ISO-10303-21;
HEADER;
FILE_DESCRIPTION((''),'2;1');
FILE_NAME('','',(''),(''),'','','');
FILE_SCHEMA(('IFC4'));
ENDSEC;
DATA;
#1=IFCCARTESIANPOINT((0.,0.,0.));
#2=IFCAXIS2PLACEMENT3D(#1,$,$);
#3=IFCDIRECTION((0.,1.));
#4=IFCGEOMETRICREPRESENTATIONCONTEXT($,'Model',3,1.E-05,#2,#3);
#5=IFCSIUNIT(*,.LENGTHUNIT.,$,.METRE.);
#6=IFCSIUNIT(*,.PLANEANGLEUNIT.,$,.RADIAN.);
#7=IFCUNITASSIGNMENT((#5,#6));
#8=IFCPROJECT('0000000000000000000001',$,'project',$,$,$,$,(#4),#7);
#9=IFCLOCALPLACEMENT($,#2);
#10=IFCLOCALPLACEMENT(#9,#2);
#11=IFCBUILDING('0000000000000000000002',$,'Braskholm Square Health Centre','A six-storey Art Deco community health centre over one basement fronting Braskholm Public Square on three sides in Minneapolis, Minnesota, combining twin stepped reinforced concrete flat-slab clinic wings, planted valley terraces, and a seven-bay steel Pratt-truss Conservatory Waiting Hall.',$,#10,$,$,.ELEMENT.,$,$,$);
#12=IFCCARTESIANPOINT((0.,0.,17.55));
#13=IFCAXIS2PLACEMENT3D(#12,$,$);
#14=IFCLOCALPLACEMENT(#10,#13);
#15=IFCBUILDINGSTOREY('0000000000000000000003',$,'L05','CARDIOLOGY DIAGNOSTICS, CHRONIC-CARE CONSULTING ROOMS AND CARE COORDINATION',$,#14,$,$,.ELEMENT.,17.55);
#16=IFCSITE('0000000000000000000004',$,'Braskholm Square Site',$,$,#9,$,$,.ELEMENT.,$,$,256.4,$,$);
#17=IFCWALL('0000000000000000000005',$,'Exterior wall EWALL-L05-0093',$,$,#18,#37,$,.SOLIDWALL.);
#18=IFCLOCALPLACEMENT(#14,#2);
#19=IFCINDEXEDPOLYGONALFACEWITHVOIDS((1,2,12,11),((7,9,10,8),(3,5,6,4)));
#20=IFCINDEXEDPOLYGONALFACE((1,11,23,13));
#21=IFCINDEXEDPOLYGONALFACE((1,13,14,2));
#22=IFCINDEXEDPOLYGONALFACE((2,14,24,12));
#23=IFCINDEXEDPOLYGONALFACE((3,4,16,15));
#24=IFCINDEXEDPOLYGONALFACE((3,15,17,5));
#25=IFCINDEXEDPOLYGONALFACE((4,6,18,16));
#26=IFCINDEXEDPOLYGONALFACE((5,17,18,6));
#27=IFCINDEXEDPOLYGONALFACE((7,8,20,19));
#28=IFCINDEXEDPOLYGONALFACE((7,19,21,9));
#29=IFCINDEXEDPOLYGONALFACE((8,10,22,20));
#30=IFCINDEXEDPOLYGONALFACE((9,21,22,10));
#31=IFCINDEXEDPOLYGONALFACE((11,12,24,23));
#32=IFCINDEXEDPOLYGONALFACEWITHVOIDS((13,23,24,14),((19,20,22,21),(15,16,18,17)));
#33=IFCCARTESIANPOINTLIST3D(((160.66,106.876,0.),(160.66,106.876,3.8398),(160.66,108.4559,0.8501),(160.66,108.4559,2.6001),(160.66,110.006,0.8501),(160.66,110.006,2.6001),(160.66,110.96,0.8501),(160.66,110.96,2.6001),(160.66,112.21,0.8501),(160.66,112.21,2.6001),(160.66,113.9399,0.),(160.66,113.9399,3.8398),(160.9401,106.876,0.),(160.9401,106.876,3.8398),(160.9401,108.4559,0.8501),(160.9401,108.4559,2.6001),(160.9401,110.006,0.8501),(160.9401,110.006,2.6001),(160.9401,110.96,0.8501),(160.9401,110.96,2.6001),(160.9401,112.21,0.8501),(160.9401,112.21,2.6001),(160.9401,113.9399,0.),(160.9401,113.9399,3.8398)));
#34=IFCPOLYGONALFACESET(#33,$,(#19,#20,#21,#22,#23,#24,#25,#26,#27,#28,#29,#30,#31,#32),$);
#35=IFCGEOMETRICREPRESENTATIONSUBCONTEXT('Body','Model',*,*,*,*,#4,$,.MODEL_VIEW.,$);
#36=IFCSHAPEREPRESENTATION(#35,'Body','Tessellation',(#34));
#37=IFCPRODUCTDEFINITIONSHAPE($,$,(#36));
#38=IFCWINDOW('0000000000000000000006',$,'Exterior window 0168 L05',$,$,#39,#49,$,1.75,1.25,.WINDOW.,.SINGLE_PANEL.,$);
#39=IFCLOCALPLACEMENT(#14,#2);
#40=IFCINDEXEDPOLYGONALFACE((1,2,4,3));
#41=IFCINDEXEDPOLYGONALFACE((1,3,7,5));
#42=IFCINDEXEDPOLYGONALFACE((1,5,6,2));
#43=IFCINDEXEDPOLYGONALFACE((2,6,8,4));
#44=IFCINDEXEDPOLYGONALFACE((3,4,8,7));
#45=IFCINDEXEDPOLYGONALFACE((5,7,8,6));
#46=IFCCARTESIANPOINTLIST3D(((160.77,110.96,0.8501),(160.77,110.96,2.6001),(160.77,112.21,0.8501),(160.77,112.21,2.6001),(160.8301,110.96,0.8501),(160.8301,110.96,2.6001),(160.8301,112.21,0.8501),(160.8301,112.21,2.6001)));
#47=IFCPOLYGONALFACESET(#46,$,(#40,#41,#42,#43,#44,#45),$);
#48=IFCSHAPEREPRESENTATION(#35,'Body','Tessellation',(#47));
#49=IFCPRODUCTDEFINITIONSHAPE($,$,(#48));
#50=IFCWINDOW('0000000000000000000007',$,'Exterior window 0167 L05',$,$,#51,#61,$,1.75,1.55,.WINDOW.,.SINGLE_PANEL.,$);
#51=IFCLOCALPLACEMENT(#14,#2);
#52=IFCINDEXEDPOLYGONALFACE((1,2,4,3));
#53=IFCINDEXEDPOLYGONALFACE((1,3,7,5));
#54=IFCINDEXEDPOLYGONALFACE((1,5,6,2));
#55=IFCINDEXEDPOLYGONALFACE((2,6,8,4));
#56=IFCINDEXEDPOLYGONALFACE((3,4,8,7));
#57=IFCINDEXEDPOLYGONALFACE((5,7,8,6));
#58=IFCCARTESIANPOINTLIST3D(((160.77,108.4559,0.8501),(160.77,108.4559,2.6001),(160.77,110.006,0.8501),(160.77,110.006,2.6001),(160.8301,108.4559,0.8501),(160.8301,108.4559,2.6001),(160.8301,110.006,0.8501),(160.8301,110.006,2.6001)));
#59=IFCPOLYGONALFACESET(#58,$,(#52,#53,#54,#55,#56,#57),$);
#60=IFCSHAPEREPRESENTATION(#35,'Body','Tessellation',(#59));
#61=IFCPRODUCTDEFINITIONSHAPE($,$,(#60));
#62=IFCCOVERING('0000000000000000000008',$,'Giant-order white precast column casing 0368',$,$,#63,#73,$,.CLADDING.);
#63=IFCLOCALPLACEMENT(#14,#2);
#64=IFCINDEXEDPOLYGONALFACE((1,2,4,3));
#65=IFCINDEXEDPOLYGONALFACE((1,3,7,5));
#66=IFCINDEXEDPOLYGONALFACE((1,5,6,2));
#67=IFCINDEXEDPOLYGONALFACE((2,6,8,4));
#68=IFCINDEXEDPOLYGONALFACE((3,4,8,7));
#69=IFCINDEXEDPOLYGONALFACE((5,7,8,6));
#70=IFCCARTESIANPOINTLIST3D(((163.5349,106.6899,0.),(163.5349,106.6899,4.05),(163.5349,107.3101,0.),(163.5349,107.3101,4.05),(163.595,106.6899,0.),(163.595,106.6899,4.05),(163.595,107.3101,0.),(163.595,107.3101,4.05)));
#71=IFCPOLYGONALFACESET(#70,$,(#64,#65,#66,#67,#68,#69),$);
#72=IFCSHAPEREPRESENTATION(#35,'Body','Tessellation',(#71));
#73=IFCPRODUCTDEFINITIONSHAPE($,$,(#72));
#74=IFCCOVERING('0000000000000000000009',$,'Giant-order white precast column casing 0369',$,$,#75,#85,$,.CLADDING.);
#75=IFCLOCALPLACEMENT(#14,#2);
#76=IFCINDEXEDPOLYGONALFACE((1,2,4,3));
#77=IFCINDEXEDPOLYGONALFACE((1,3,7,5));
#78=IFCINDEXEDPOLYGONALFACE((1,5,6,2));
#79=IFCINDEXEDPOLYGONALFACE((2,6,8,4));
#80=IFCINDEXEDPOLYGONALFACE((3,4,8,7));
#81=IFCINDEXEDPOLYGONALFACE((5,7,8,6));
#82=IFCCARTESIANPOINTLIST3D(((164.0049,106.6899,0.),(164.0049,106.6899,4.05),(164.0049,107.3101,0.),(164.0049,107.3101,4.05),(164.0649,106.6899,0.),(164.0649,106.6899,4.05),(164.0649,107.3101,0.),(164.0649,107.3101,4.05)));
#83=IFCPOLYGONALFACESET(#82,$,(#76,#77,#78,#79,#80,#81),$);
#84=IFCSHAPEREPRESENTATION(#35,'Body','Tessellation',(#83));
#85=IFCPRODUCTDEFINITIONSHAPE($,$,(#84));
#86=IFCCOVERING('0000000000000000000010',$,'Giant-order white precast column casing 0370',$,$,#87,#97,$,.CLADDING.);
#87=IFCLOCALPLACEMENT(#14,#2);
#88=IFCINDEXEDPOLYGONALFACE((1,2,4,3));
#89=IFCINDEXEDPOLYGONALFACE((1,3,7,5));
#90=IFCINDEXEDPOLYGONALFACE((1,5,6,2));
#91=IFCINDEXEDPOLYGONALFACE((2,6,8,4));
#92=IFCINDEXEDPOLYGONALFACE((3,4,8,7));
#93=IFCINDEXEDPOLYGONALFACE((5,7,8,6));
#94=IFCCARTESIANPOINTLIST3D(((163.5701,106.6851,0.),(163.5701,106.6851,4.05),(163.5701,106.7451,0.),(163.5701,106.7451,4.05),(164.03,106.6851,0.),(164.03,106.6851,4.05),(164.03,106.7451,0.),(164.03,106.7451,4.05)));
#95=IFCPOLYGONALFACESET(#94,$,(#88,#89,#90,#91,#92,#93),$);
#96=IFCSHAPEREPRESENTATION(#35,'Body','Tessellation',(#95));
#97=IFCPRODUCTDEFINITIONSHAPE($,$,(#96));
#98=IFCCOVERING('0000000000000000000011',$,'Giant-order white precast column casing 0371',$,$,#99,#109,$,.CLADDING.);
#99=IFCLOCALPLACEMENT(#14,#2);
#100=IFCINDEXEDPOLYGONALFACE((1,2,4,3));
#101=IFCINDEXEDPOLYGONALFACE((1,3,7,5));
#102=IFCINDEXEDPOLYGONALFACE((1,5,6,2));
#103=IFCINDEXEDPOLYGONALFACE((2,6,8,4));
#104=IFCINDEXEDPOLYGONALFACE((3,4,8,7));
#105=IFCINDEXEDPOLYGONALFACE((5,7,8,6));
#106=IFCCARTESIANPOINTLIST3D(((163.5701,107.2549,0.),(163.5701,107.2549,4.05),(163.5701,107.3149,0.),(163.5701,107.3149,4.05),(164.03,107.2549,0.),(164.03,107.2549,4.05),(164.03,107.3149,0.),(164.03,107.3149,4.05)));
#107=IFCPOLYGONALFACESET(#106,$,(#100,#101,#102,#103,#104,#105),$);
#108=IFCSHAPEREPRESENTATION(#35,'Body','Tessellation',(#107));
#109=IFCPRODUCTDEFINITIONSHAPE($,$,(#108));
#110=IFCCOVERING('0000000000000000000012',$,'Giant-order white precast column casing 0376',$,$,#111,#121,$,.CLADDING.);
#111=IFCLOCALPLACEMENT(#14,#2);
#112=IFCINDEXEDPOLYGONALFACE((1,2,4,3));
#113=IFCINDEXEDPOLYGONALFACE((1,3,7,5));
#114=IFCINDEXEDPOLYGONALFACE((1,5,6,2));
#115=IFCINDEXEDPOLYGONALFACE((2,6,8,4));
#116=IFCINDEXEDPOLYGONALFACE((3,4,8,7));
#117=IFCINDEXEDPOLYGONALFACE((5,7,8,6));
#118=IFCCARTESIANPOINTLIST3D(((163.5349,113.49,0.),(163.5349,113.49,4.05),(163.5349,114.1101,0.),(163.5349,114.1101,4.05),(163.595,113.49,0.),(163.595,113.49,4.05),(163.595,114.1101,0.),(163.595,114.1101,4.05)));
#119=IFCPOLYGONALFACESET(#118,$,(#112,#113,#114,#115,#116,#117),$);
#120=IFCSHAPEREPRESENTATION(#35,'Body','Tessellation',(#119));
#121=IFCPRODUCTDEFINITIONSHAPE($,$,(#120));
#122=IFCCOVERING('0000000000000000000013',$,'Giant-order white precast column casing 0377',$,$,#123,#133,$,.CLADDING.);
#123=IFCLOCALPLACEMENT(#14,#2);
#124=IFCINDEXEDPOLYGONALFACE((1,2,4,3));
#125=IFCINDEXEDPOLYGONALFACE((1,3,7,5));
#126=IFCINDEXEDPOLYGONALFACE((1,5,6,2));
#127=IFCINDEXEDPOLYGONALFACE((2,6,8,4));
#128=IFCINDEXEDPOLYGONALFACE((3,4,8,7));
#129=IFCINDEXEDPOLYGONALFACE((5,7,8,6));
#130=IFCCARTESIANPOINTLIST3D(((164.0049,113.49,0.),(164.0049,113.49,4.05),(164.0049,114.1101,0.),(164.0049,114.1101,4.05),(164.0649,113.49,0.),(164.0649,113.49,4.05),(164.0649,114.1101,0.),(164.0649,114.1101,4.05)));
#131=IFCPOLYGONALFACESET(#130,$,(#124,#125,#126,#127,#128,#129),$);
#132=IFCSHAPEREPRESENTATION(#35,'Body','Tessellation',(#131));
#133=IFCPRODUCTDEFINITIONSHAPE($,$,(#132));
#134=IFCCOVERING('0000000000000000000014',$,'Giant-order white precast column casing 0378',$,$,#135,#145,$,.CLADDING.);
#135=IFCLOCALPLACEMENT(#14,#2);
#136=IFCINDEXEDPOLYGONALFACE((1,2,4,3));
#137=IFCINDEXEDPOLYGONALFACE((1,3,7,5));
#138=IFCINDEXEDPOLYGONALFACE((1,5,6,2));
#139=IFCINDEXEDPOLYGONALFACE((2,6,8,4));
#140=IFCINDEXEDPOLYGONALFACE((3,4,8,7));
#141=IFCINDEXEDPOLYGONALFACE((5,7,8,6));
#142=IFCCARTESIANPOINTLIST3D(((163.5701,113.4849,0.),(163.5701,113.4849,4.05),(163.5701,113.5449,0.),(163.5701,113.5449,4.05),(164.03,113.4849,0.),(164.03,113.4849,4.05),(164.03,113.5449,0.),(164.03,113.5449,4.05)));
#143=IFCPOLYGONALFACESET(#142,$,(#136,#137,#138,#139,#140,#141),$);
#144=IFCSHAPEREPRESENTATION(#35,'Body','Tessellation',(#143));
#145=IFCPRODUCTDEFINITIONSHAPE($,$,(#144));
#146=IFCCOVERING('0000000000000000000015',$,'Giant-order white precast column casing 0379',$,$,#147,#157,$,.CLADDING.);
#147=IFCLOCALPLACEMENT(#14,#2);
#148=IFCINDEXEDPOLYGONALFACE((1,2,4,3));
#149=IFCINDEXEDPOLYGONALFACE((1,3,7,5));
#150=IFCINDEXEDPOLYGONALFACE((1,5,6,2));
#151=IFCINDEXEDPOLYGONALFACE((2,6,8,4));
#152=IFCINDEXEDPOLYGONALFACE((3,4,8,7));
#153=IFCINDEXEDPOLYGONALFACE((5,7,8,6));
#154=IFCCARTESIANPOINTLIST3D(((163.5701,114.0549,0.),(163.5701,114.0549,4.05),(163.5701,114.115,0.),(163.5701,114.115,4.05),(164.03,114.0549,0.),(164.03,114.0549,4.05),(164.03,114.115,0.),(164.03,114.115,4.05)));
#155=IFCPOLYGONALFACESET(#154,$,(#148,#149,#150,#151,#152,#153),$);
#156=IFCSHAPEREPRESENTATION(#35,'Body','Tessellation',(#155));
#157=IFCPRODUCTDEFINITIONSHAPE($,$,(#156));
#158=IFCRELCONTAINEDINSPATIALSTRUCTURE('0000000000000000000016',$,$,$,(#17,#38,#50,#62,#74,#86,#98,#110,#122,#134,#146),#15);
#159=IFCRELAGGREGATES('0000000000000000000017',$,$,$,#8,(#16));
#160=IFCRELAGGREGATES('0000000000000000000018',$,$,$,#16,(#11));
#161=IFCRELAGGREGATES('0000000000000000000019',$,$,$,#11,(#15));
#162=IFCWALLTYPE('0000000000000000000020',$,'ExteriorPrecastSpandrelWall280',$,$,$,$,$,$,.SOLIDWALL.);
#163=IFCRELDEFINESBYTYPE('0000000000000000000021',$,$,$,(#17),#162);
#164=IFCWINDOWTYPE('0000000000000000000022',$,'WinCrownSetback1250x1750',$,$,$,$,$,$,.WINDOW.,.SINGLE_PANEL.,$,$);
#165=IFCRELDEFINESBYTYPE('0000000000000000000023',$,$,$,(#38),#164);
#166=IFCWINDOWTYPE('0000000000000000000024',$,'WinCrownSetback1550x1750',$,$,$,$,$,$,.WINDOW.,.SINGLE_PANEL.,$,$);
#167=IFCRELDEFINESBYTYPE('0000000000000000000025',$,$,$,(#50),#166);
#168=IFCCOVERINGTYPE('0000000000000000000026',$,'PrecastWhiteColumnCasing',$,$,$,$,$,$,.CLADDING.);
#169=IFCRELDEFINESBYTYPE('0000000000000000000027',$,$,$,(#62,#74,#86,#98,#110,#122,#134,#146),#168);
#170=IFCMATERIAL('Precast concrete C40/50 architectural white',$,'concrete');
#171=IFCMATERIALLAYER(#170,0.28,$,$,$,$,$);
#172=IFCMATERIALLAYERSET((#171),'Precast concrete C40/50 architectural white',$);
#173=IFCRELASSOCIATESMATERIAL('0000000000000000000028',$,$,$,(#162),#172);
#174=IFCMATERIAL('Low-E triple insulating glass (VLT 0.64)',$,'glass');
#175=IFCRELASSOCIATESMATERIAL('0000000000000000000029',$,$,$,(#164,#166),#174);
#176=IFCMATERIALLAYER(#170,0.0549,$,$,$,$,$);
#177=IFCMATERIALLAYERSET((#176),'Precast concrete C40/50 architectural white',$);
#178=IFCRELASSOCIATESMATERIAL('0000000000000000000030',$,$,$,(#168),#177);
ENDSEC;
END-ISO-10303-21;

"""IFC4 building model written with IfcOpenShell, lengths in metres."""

from ifc_helpers import new_model, si_unit, direction, frame, frame_2d, origin, origin_with_axes, origin_2d, place, context, subcontext, project, spatial, rectangle, extrude, material, layer, layer_set, type_object, element, fill, save


model = new_model("IFC4")

# Units and contexts
model_context = context("Model", 3, precision=1e-05, world=origin(), true_north=direction((0.0, 1.0)))
body_context = subcontext(model_context, "Body", "Model", "MODEL_VIEW")
ifc_project = project(units=[si_unit("LENGTHUNIT", "METRE"), si_unit("PLANEANGLEUNIT", "RADIAN")], contexts=[model_context])

# Site, building, storey
site_placement = place(None, origin())
site = spatial("IfcSite", under=ifc_project, at=site_placement, Name="Braskholm Square Site", CompositionType="ELEMENT", RefElevation=256.4)
building_placement = place(site_placement, origin())
building = spatial("IfcBuilding", under=site, at=building_placement, Name="Braskholm Square Health Centre", Description="A six-storey Art Deco community health centre over one basement fronting Braskholm Public Square on three sides in Minneapolis, Minnesota, combining twin stepped reinforced concrete flat-slab clinic wings, planted valley terraces, and a seven-bay steel Pratt-truss Conservatory Waiting Hall.", CompositionType="ELEMENT")
storey_placement = place(building_placement, frame((0.0, 0.0, 17.55)))
storey = spatial("IfcBuildingStorey", under=building, at=storey_placement, Name="L05", Description="CARDIOLOGY DIAGNOSTICS, CHRONIC-CARE CONSULTING ROOMS AND CARE COORDINATION", CompositionType="ELEMENT", Elevation=17.55)

# Shared definitions
ifc_material_1 = material(Name="Precast concrete C40/50 architectural white", Category="concrete")

# Shared definitions
ifc_material_2 = material(Name="Low-E triple insulating glass (VLT 0.64)", Category="glass")

# Wall, openings, windows
ifc_layer_1 = layer(ifc_material_1, 0.28)
ifc_layer_set_1 = layer_set([ifc_layer_1], Name="Precast concrete C40/50 architectural white")
wall_type = type_object("IfcWallType", Name="ExteriorPrecastSpandrelWall280", PredefinedType="SOLIDWALL", material=ifc_layer_set_1)
wall_placement = place(storey_placement, frame((160.8, 106.876, 0.0), z_axis=(0.0, 0.0, 1.0), x_axis=(0.0, 1.0, 0.0)))
wall = element("IfcWall", 1, at=wall_placement, inside=storey, type_object=wall_type, Name="Exterior wall EWALL-L05-0093", PredefinedType="SOLIDWALL", context=body_context, shape_type="SweptSolid", body=[
    extrude(rectangle(XDim=7.064, YDim=0.28, at=frame_2d((3.532, 0.0))), origin(), (0.0, 0.0, 1.0), 3.8398),
])
opening_1_placement = place(wall_placement, frame((1.5801, 0.0, 0.8501)))
opening_1 = element("IfcOpeningElement", 2, at=opening_1_placement, cuts=wall, PredefinedType="OPENING", context=body_context, shape_type="SweptSolid", body=[
    extrude(rectangle(XDim=1.55, YDim=1.75, at=frame_2d((0.7749, 0.875))), frame((0.0, 0.1499, 0.0), z_axis=(0.0, -1.0, 0.0), x_axis=(1.0, 0.0, 0.0)), (0.0, 0.0, 1.0), 0.3),
])
opening_2_placement = place(wall_placement, frame((4.084, 0.0, 0.8501)))
opening_2 = element("IfcOpeningElement", 3, at=opening_2_placement, cuts=wall, PredefinedType="OPENING", context=body_context, shape_type="SweptSolid", body=[
    extrude(rectangle(XDim=1.25, YDim=1.75, at=frame_2d((0.625, 0.875))), frame((0.0, 0.1499, 0.0), z_axis=(0.0, -1.0, 0.0), x_axis=(1.0, 0.0, 0.0)), (0.0, 0.0, 1.0), 0.3),
])
window_type_1 = type_object("IfcWindowType", Name="WinCrownSetback1250x1750", PartitioningType="SINGLE_PANEL", PredefinedType="WINDOW", material=ifc_material_2)
window_1_placement = place(opening_2_placement, origin_with_axes())
window_1 = element("IfcWindow", 4, at=window_1_placement, inside=storey, type_object=window_type_1, Name="Exterior window 0168 L05", OverallHeight=1.75, OverallWidth=1.25, PartitioningType="SINGLE_PANEL", PredefinedType="WINDOW", context=body_context, shape_type="SweptSolid", body=[
    extrude(rectangle(XDim=1.25, YDim=1.75, at=frame_2d((0.625, 0.875))), frame((0.0, 0.03, 0.0), z_axis=(0.0, -1.0, 0.0), x_axis=(1.0, 0.0, 0.0)), (0.0, 0.0, 1.0), 0.0601),
])
fill(opening_2, window_1)
window_type_2 = type_object("IfcWindowType", Name="WinCrownSetback1550x1750", PartitioningType="SINGLE_PANEL", PredefinedType="WINDOW", material=ifc_material_2)
window_2_placement = place(opening_1_placement, origin_with_axes())
window_2 = element("IfcWindow", 5, at=window_2_placement, inside=storey, type_object=window_type_2, Name="Exterior window 0167 L05", OverallHeight=1.75, OverallWidth=1.55, PartitioningType="SINGLE_PANEL", PredefinedType="WINDOW", context=body_context, shape_type="SweptSolid", body=[
    extrude(rectangle(XDim=1.55, YDim=1.75, at=frame_2d((0.7749, 0.875))), frame((0.0, 0.03, 0.0), z_axis=(0.0, -1.0, 0.0), x_axis=(1.0, 0.0, 0.0)), (0.0, 0.0, 1.0), 0.0601),
])
fill(opening_1, window_2)

# Coverings
ifc_layer_2 = layer(ifc_material_1, 0.0549)
ifc_layer_set_2 = layer_set([ifc_layer_2], Name="Precast concrete C40/50 architectural white")
covering_type = type_object("IfcCoveringType", Name="PrecastWhiteColumnCasing", PredefinedType="CLADDING", material=ifc_layer_set_2)
for number, where, z_axis, x_axis, name in (
    (6, (163.5649, 107.0, 0.0), (0.0, 0.0, 1.0), (1.0, 0.0, 0.0), "Giant-order white precast column casing 0368"),
    (7, (164.0349, 107.0, 0.0), (0.0, 0.0, 1.0), (1.0, 0.0, 0.0), "Giant-order white precast column casing 0369"),
):
    element("IfcCovering", number, at=place(storey_placement, frame(where, z_axis=z_axis, x_axis=x_axis)), inside=storey, type_object=covering_type, Name=name, PredefinedType="CLADDING", context=body_context, shape_type="SweptSolid", body=[
        extrude(rectangle(XDim=0.0601, YDim=0.6201, at=origin_2d()), origin(), (0.0, 0.0, 1.0), 4.05),
    ])
for number, where, z_axis, x_axis, name in (
    (8, (163.8, 106.7151, 0.0), (0.0, 0.0, 1.0), (1.0, 0.0, 0.0), "Giant-order white precast column casing 0370"),
    (9, (163.8, 107.2849, 0.0), (0.0, 0.0, 1.0), (1.0, 0.0, 0.0), "Giant-order white precast column casing 0371"),
):
    element("IfcCovering", number, at=place(storey_placement, frame(where, z_axis=z_axis, x_axis=x_axis)), inside=storey, type_object=covering_type, Name=name, PredefinedType="CLADDING", context=body_context, shape_type="SweptSolid", body=[
        extrude(rectangle(XDim=0.46, YDim=0.0601, at=origin_2d()), origin(), (0.0, 0.0, 1.0), 4.05),
    ])
for number, where, z_axis, x_axis, name in (
    (10, (163.5649, 113.8, 0.0), (0.0, 0.0, 1.0), (1.0, 0.0, 0.0), "Giant-order white precast column casing 0376"),
    (11, (164.0349, 113.8, 0.0), (0.0, 0.0, 1.0), (1.0, 0.0, 0.0), "Giant-order white precast column casing 0377"),
):
    element("IfcCovering", number, at=place(storey_placement, frame(where, z_axis=z_axis, x_axis=x_axis)), inside=storey, type_object=covering_type, Name=name, PredefinedType="CLADDING", context=body_context, shape_type="SweptSolid", body=[
        extrude(rectangle(XDim=0.0601, YDim=0.6201, at=origin_2d()), origin(), (0.0, 0.0, 1.0), 4.05),
    ])
for number, where, z_axis, x_axis, name in (
    (12, (163.8, 113.5149, 0.0), (0.0, 0.0, 1.0), (1.0, 0.0, 0.0), "Giant-order white precast column casing 0378"),
    (13, (163.8, 114.085, 0.0), (0.0, 0.0, 1.0), (1.0, 0.0, 0.0), "Giant-order white precast column casing 0379"),
):
    element("IfcCovering", number, at=place(storey_placement, frame(where, z_axis=z_axis, x_axis=x_axis)), inside=storey, type_object=covering_type, Name=name, PredefinedType="CLADDING", context=body_context, shape_type="SweptSolid", body=[
        extrude(rectangle(XDim=0.46, YDim=0.0601, at=origin_2d()), origin(), (0.0, 0.0, 1.0), 4.05),
    ])

save(model, "model.ifc")
